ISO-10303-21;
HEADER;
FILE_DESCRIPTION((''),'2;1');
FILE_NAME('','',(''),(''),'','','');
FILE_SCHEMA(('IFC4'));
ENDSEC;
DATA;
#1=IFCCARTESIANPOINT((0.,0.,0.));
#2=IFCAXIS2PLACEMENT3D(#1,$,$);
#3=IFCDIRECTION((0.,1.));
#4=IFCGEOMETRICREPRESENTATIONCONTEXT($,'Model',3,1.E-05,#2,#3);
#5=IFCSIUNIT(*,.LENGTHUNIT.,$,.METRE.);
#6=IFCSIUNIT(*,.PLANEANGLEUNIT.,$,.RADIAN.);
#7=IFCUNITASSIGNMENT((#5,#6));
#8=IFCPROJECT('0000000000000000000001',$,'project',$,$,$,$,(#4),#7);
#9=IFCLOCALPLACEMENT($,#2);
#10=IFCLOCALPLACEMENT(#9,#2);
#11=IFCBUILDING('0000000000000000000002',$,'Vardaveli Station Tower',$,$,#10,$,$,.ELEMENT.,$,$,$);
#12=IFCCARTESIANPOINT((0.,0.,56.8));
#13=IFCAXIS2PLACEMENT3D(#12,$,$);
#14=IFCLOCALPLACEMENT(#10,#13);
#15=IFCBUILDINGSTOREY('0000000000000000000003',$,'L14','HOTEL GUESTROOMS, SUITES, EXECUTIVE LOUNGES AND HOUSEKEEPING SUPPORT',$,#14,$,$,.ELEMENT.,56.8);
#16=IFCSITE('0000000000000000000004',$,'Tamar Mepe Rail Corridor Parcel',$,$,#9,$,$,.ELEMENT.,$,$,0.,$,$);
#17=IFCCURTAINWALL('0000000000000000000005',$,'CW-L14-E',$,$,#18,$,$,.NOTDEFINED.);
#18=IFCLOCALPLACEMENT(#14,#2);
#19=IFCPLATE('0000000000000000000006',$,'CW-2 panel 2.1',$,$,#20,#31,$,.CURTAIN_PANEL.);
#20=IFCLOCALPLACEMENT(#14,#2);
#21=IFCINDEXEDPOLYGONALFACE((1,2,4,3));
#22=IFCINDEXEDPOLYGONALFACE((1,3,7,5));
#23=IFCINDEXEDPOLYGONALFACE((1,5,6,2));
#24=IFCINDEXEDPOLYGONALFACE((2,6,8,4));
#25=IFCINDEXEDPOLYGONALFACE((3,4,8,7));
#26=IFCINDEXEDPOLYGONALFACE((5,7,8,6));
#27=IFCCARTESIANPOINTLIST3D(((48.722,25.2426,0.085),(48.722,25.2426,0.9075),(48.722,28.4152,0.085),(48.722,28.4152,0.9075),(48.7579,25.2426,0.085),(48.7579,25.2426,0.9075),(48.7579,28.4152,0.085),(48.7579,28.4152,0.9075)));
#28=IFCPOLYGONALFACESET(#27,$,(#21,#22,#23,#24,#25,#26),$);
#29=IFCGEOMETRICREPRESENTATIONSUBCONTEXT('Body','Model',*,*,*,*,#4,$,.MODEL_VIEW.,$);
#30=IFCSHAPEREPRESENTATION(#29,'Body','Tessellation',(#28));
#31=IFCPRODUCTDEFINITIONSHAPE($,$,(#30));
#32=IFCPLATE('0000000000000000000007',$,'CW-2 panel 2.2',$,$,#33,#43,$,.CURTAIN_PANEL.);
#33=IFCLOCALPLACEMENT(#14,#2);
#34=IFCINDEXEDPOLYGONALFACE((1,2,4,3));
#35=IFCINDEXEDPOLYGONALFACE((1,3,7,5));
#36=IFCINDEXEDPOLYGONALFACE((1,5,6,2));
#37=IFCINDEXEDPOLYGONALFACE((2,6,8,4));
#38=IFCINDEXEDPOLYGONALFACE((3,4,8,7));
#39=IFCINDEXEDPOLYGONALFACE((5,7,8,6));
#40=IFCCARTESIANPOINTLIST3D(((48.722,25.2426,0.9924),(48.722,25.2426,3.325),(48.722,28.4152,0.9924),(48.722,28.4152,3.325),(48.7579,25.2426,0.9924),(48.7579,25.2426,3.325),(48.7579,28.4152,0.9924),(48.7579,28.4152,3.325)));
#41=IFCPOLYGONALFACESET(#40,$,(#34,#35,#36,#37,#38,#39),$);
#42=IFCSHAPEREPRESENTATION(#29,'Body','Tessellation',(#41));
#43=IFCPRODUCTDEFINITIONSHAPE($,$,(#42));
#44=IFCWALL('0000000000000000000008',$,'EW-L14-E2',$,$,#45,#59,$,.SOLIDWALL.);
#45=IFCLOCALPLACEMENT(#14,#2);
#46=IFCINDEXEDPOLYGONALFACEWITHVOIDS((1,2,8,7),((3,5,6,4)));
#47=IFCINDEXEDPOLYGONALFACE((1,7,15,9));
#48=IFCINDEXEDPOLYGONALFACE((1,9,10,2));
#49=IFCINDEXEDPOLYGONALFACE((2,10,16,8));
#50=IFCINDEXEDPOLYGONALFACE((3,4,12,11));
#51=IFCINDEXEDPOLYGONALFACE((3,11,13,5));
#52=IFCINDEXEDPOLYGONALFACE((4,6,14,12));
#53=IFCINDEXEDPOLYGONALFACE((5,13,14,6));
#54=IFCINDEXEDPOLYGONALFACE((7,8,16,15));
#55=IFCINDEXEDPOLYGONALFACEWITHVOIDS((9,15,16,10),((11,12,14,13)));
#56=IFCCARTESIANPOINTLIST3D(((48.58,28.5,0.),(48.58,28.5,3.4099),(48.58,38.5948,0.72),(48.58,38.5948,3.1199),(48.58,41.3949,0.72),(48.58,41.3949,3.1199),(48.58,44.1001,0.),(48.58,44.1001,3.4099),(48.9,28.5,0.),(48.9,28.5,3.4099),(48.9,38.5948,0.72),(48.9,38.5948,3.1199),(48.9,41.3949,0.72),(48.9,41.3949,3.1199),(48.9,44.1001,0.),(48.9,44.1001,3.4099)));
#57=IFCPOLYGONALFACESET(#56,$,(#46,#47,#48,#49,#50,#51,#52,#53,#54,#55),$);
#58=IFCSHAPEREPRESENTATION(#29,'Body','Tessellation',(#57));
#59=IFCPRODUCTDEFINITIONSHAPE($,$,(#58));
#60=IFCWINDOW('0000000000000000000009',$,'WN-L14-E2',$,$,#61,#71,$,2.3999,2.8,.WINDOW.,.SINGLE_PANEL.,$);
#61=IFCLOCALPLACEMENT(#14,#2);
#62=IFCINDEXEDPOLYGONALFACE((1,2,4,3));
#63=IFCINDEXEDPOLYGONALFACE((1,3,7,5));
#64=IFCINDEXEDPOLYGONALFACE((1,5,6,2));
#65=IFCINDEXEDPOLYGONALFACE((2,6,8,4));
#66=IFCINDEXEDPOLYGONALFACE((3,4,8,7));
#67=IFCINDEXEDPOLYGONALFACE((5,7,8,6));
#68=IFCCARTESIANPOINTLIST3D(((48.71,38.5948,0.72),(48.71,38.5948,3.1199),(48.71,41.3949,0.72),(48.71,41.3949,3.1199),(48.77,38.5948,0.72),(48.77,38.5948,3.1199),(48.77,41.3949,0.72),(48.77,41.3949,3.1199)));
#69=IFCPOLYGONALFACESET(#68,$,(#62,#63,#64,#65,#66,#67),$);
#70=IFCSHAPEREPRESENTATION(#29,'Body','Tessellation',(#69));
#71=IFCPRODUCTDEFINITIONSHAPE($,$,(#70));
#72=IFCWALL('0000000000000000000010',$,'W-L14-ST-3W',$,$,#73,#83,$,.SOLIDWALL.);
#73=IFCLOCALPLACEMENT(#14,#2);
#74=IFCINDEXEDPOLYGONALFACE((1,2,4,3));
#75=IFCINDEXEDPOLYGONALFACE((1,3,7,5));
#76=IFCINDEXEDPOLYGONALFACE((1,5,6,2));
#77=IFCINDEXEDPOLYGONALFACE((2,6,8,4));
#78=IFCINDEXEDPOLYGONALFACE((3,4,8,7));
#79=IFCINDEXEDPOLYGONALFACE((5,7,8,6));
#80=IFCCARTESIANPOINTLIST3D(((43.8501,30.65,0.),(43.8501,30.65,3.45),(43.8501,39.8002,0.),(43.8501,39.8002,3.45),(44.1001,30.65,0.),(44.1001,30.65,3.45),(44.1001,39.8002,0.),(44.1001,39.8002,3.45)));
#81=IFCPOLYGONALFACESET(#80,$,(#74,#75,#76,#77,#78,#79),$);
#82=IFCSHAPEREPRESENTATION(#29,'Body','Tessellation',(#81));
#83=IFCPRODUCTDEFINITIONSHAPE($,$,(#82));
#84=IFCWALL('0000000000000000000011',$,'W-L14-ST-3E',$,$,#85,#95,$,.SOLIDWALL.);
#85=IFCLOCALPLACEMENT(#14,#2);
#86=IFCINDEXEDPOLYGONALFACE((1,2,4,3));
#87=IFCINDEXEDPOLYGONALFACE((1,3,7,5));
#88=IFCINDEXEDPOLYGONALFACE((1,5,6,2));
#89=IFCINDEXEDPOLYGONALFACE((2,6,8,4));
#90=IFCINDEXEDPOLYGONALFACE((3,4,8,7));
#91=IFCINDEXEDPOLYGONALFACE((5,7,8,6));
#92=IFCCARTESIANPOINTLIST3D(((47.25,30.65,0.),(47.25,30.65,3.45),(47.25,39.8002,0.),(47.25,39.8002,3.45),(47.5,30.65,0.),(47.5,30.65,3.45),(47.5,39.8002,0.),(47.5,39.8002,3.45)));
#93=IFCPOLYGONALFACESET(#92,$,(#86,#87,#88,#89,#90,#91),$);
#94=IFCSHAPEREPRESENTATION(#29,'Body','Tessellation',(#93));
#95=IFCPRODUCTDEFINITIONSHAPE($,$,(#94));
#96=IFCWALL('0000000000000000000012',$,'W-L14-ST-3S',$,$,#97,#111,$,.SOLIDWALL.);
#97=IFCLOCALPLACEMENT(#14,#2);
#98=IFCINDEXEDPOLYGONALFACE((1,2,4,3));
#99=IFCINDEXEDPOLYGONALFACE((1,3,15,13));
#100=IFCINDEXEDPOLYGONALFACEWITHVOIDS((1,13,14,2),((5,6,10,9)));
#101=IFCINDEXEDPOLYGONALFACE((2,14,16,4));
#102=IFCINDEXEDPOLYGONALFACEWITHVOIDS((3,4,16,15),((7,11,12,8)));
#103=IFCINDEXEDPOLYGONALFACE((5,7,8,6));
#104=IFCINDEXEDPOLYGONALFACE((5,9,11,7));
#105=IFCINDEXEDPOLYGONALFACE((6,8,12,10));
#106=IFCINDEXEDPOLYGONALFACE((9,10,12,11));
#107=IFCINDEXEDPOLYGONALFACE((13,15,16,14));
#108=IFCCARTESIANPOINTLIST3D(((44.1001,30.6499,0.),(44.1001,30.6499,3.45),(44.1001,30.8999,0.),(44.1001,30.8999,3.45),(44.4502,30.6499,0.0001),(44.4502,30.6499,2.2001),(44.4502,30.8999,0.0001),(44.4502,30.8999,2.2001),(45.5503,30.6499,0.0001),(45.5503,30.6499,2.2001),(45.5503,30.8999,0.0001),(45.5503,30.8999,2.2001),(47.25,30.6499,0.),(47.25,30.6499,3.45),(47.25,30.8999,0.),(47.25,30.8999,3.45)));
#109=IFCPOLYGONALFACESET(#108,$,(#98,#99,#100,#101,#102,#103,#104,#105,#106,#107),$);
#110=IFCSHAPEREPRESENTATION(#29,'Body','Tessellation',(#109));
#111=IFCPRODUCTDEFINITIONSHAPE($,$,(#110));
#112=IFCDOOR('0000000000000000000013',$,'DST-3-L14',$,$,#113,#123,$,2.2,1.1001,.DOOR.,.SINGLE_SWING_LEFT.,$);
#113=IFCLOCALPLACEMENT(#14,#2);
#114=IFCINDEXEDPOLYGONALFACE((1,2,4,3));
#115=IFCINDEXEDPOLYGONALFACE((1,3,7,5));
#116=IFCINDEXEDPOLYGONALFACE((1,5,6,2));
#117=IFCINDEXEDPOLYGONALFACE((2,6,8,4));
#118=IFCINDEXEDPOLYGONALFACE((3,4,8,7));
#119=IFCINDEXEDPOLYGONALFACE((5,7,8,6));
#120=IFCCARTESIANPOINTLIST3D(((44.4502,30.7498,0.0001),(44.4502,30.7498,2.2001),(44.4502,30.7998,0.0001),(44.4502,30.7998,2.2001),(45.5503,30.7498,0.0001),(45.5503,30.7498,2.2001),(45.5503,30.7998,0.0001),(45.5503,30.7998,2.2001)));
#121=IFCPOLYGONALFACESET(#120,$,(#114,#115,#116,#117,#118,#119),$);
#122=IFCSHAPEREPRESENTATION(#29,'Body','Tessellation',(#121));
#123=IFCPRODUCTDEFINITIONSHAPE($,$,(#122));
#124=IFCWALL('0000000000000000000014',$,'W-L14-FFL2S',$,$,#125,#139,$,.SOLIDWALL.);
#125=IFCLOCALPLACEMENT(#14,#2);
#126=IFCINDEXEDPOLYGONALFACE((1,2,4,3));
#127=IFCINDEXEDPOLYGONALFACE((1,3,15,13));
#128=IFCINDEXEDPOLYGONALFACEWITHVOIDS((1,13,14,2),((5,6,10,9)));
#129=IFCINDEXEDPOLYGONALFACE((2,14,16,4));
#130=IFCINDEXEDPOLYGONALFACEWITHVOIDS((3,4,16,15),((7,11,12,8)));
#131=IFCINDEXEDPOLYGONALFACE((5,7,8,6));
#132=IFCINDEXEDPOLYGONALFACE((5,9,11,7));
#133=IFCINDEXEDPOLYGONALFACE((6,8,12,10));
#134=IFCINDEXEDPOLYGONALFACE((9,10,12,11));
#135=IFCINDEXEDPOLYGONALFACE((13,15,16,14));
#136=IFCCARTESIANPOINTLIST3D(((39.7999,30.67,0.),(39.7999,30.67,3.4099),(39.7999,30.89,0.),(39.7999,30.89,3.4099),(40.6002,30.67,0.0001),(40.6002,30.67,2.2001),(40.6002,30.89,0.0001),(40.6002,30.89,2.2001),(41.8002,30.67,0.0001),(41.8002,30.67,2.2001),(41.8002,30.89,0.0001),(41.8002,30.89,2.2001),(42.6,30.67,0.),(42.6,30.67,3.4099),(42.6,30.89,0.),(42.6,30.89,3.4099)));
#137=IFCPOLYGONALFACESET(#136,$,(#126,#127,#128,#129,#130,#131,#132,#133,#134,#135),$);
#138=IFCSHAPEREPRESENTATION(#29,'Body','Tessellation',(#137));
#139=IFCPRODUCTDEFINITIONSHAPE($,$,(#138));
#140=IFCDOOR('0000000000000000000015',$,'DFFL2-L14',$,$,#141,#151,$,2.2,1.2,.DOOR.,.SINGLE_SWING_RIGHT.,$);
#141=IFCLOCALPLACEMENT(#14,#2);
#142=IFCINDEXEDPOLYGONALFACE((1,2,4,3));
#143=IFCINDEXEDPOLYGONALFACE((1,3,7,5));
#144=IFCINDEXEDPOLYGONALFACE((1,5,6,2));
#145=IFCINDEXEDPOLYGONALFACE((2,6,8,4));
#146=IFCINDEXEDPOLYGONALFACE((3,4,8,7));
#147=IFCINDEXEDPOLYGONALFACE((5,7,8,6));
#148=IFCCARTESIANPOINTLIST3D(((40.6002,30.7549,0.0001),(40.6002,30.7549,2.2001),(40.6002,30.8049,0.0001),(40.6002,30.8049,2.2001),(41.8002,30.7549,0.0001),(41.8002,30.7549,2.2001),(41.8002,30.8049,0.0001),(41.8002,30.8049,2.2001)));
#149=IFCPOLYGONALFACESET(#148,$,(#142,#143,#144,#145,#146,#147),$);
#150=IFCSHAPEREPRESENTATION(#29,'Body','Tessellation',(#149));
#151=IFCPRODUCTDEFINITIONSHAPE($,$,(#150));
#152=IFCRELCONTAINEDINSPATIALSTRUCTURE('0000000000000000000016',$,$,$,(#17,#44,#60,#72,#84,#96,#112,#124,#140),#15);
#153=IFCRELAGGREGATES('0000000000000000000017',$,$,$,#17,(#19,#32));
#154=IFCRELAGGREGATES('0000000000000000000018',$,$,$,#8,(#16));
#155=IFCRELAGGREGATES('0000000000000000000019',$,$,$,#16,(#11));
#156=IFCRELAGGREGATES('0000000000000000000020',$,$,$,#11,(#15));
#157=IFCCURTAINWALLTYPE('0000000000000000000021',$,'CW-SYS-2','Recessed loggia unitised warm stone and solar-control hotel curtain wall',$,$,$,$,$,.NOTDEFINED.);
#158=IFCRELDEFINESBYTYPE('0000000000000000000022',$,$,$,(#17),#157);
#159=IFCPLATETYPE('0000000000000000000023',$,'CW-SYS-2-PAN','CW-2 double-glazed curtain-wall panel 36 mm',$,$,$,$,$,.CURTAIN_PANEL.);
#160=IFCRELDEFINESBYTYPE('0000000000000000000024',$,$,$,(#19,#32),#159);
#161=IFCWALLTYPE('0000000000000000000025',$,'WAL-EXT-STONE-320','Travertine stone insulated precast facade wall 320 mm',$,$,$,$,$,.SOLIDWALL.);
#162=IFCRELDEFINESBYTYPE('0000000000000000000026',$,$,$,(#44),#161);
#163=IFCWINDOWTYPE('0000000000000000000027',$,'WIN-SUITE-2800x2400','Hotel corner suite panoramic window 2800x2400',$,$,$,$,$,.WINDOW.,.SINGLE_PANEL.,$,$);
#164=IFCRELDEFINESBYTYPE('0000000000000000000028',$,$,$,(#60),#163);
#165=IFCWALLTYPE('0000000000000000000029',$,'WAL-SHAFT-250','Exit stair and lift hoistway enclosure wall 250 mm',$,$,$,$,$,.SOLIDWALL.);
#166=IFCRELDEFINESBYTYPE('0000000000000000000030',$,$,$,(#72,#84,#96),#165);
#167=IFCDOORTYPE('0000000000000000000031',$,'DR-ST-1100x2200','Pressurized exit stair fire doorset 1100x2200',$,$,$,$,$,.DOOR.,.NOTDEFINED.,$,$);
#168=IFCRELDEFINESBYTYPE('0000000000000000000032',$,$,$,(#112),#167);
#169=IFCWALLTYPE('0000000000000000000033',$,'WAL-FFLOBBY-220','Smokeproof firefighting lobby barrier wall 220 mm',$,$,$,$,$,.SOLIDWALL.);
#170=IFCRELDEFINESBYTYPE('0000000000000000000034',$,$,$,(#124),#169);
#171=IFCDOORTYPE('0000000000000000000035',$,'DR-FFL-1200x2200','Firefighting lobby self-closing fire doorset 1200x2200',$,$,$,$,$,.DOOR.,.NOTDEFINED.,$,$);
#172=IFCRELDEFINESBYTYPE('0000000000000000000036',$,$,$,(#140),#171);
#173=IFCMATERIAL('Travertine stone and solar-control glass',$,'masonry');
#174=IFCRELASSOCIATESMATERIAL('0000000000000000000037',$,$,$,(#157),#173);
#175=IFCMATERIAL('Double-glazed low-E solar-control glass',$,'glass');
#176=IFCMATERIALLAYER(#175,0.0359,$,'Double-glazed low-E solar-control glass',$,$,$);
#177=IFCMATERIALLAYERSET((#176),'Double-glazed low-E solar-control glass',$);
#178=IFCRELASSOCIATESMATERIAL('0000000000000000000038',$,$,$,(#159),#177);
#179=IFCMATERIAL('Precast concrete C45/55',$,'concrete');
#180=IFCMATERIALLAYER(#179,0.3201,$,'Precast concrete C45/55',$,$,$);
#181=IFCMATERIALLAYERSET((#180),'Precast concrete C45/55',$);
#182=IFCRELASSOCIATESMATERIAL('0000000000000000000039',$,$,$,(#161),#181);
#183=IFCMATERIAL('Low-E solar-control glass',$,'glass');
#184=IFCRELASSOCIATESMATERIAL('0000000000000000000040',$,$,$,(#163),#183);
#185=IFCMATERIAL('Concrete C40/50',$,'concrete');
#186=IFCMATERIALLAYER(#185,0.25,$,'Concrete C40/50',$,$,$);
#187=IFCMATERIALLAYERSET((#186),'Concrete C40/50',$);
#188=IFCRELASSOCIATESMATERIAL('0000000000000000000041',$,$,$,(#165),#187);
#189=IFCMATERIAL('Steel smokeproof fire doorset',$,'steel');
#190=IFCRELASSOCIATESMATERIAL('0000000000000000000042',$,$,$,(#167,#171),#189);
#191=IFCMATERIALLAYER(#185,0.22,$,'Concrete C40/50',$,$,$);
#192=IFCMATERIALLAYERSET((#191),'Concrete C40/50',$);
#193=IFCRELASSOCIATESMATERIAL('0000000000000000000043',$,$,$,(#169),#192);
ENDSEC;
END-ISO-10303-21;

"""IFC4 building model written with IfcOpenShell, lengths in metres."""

from ifc_helpers import new_model, si_unit, direction, frame, frame_2d, origin, origin_2d, place, context, subcontext, project, spatial, rectangle, extrude, source, transform, mapped, material, layer, layer_set, type_object, element, fill, aggregate, save


model = new_model("IFC4")

# Units and contexts
model_context = context("Model", 3, precision=1e-05, world=origin(), true_north=direction((0.0, 1.0)))
body_context = subcontext(model_context, "Body", "Model", "MODEL_VIEW")
ifc_project = project(units=[si_unit("LENGTHUNIT", "METRE"), si_unit("PLANEANGLEUNIT", "RADIAN")], contexts=[model_context])

# Site, building, storey
site_placement = place(None, origin())
site = spatial("IfcSite", under=ifc_project, at=site_placement, Name="Tamar Mepe Rail Corridor Parcel", CompositionType="ELEMENT", RefElevation=0.0)
building_placement = place(site_placement, origin())
building = spatial("IfcBuilding", under=site, at=building_placement, Name="Vardaveli Station Tower", CompositionType="ELEMENT")
storey_placement = place(building_placement, frame((0.0, 0.0, 56.8)))
storey = spatial("IfcBuildingStorey", under=building, at=storey_placement, Name="L14", Description="HOTEL GUESTROOMS, SUITES, EXECUTIVE LOUNGES AND HOUSEKEEPING SUPPORT", CompositionType="ELEMENT", Elevation=56.8)

# Shared definitions
ifc_material_1 = material(Name="Precast concrete C45/55", Category="concrete")

# Curtain wall, plates
ifc_material_2 = material(Name="Travertine stone and solar-control glass", Category="masonry")
curtain_wall_type = type_object("IfcCurtainWallType", Name="CW-SYS-2", Description="Recessed loggia unitised warm stone and solar-control hotel curtain wall", PredefinedType="NOTDEFINED", material=ifc_material_2)
curtain_wall_placement = place(storey_placement, origin())
curtain_wall = element("IfcCurtainWall", 1, at=curtain_wall_placement, inside=storey, type_object=curtain_wall_type, Name="CW-L14-E", PredefinedType="NOTDEFINED")
ifc_material_3 = material(Name="Double-glazed low-E solar-control glass", Category="glass")
ifc_layer_1 = layer(ifc_material_3, 0.0359, Name="Double-glazed low-E solar-control glass")
ifc_layer_set_1 = layer_set([ifc_layer_1], Name="Double-glazed low-E solar-control glass")
plate_type = type_object("IfcPlateType", Name="CW-SYS-2-PAN", Description="CW-2 double-glazed curtain-wall panel 36 mm", PredefinedType="CURTAIN_PANEL", material=ifc_layer_set_1)
shared_shape_1 = source(origin(), body_context, "Body", "SweptSolid", [
    extrude(rectangle(XDim=3.1726, YDim=0.0359, at=origin_2d()), origin(), (0.0, 0.0, 1.0), 0.8225),
])
plate_1_placement = place(storey_placement, frame((48.74, 26.8289, 0.085), z_axis=(0.0, 0.0, 1.0), x_axis=(0.0, 1.0, 0.0)))
plate_1 = element("IfcPlate", 2, at=plate_1_placement, type_object=plate_type, Name="CW-2 panel 2.1", PredefinedType="CURTAIN_PANEL", context=body_context, shape_type="MappedRepresentation", body=[
    mapped(shared_shape_1, transform((0.0, 0.0, 0.0), scale=1.0)),
])
shared_shape_2 = source(origin(), body_context, "Body", "SweptSolid", [
    extrude(rectangle(XDim=3.1726, YDim=0.0359, at=origin_2d()), origin(), (0.0, 0.0, 1.0), 2.3325),
])
plate_2_placement = place(storey_placement, frame((48.74, 26.8289, 0.9924), z_axis=(0.0, 0.0, 1.0), x_axis=(0.0, 1.0, 0.0)))
plate_2 = element("IfcPlate", 3, at=plate_2_placement, type_object=plate_type, Name="CW-2 panel 2.2", PredefinedType="CURTAIN_PANEL", context=body_context, shape_type="MappedRepresentation", body=[
    mapped(shared_shape_2, transform((0.0, 0.0, 0.0), scale=1.0)),
])
aggregate(curtain_wall, [plate_1, plate_2])

# Wall, opening, window
ifc_layer_2 = layer(ifc_material_1, 0.3201, Name="Precast concrete C45/55")
ifc_layer_set_2 = layer_set([ifc_layer_2], Name="Precast concrete C45/55")
wall_type_1 = type_object("IfcWallType", Name="WAL-EXT-STONE-320", Description="Travertine stone insulated precast facade wall 320 mm", PredefinedType="SOLIDWALL", material=ifc_layer_set_2)
shared_shape_3 = source(origin(), body_context, "Body", "SweptSolid", [
    extrude(rectangle(XDim=15.6001, YDim=0.3201, at=frame_2d((7.8, 0.0))), origin(), (0.0, 0.0, 1.0), 3.4099),
])
wall_1_placement = place(storey_placement, frame((48.74, 28.5, 0.0), z_axis=(0.0, 0.0, 1.0), x_axis=(0.0, 1.0, 0.0)))
wall_1 = element("IfcWall", 4, at=wall_1_placement, inside=storey, type_object=wall_type_1, Name="EW-L14-E2", PredefinedType="SOLIDWALL", context=body_context, shape_type="MappedRepresentation", body=[
    mapped(shared_shape_3, transform((0.0, 0.0, 0.0), scale=1.0)),
])
shared_shape_4 = source(origin(), body_context, "Body", "SweptSolid", [
    extrude(rectangle(XDim=2.8, YDim=2.3999, at=frame_2d((1.3999, 1.2))), frame((0.0, 0.1699, 0.0), z_axis=(0.0, -1.0, 0.0), x_axis=(1.0, 0.0, 0.0)), (0.0, 0.0, 1.0), 0.3401),
])
opening_1_placement = place(wall_1_placement, frame((10.095, 0.0, 0.72)))
opening_1 = element("IfcOpeningElement", 5, at=opening_1_placement, cuts=wall_1, PredefinedType="OPENING", context=body_context, shape_type="MappedRepresentation", body=[
    mapped(shared_shape_4, transform((0.0, 0.0, 0.0), scale=1.0)),
])
ifc_material_4 = material(Name="Low-E solar-control glass", Category="glass")
window_type = type_object("IfcWindowType", Name="WIN-SUITE-2800x2400", Description="Hotel corner suite panoramic window 2800x2400", PartitioningType="SINGLE_PANEL", PredefinedType="WINDOW", material=ifc_material_4)
shared_shape_5 = source(origin(), body_context, "Body", "SweptSolid", [
    extrude(rectangle(XDim=2.8, YDim=2.3999, at=frame_2d((1.3999, 1.2))), frame((0.0, 0.03, 0.0), z_axis=(0.0, -1.0, 0.0), x_axis=(1.0, 0.0, 0.0)), (0.0, 0.0, 1.0), 0.0601),
])
window_placement = place(opening_1_placement, origin())
window = element("IfcWindow", 6, at=window_placement, inside=storey, type_object=window_type, Name="WN-L14-E2", OverallHeight=2.3999, OverallWidth=2.8, PartitioningType="SINGLE_PANEL", PredefinedType="WINDOW", context=body_context, shape_type="MappedRepresentation", body=[
    mapped(shared_shape_5, transform((0.0, 0.0, 0.0), scale=1.0)),
])
fill(opening_1, window)

# Walls
ifc_material_5 = material(Name="Concrete C40/50", Category="concrete")
ifc_layer_3 = layer(ifc_material_5, 0.25, Name="Concrete C40/50")
ifc_layer_set_3 = layer_set([ifc_layer_3], Name="Concrete C40/50")
wall_type_2 = type_object("IfcWallType", Name="WAL-SHAFT-250", Description="Exit stair and lift hoistway enclosure wall 250 mm", PredefinedType="SOLIDWALL", material=ifc_layer_set_3)
shared_shape_6 = source(origin(), body_context, "Body", "SweptSolid", [
    extrude(rectangle(XDim=9.1501, YDim=0.25, at=frame_2d((4.5752, 0.0))), origin(), (0.0, 0.0, 1.0), 3.45),
])
for number, where, z_axis, x_axis, name in (
    (7, (43.9751, 30.6499, 0.0), (0.0, 0.0, 1.0), (0.0, 1.0, 0.0), "W-L14-ST-3W"),
    (8, (47.375, 30.6499, 0.0), (0.0, 0.0, 1.0), (0.0, 1.0, 0.0), "W-L14-ST-3E"),
):
    element("IfcWall", number, at=place(storey_placement, frame(where, z_axis=z_axis, x_axis=x_axis)), inside=storey, type_object=wall_type_2, Name=name, PredefinedType="SOLIDWALL", context=body_context, shape_type="MappedRepresentation", body=[
        mapped(shared_shape_6, transform((0.0, 0.0, 0.0), scale=1.0)),
    ])

# Walls, openings, doors
shared_shape_7 = source(origin(), body_context, "Body", "SweptSolid", [
    extrude(rectangle(XDim=3.1499, YDim=0.25, at=frame_2d((1.575, 0.0))), origin(), (0.0, 0.0, 1.0), 3.45),
])
wall_2_placement = place(storey_placement, frame((44.1001, 30.7749, 0.0), z_axis=(0.0, 0.0, 1.0), x_axis=(1.0, 0.0, 0.0)))
wall_2 = element("IfcWall", 9, at=wall_2_placement, inside=storey, type_object=wall_type_2, Name="W-L14-ST-3S", PredefinedType="SOLIDWALL", context=body_context, shape_type="MappedRepresentation", body=[
    mapped(shared_shape_7, transform((0.0, 0.0, 0.0), scale=1.0)),
])
shared_shape_8 = source(origin(), body_context, "Body", "SweptSolid", [
    extrude(rectangle(XDim=1.1001, YDim=2.2, at=frame_2d((0.55, 1.1001))), frame((0.0, 0.135, 0.0), z_axis=(0.0, -1.0, 0.0), x_axis=(1.0, 0.0, 0.0)), (0.0, 0.0, 1.0), 0.27),
])
opening_2_placement = place(wall_2_placement, frame((0.3501, 0.0, 0.0)))
opening_2 = element("IfcOpeningElement", 10, at=opening_2_placement, cuts=wall_2, PredefinedType="OPENING", context=body_context, shape_type="MappedRepresentation", body=[
    mapped(shared_shape_8, transform((0.0, 0.0, 0.0), scale=1.0)),
])
ifc_material_6 = material(Name="Steel smokeproof fire doorset", Category="steel")
door_type_1 = type_object("IfcDoorType", Name="DR-ST-1100x2200", Description="Pressurized exit stair fire doorset 1100x2200", OperationType="NOTDEFINED", PredefinedType="DOOR", material=ifc_material_6)
shared_shape_9 = source(origin(), body_context, "Body", "SweptSolid", [
    extrude(rectangle(XDim=1.1001, YDim=2.2, at=frame_2d((0.55, 1.1001))), frame((0.0, 0.0249, 0.0), z_axis=(0.0, -1.0, 0.0), x_axis=(1.0, 0.0, 0.0)), (0.0, 0.0, 1.0), 0.05),
])
door_1_placement = place(opening_2_placement, origin())
door_1 = element("IfcDoor", 11, at=door_1_placement, inside=storey, type_object=door_type_1, Name="DST-3-L14", OperationType="SINGLE_SWING_LEFT", OverallHeight=2.2, OverallWidth=1.1001, PredefinedType="DOOR", context=body_context, shape_type="MappedRepresentation", body=[
    mapped(shared_shape_9, transform((0.0, 0.0, 0.0), scale=1.0)),
])
fill(opening_2, door_1)
ifc_layer_4 = layer(ifc_material_5, 0.22, Name="Concrete C40/50")
ifc_layer_set_4 = layer_set([ifc_layer_4], Name="Concrete C40/50")
wall_type_3 = type_object("IfcWallType", Name="WAL-FFLOBBY-220", Description="Smokeproof firefighting lobby barrier wall 220 mm", PredefinedType="SOLIDWALL", material=ifc_layer_set_4)
shared_shape_10 = source(origin(), body_context, "Body", "SweptSolid", [
    extrude(rectangle(XDim=2.8, YDim=0.22, at=frame_2d((1.3999, 0.0))), origin(), (0.0, 0.0, 1.0), 3.4099),
])
wall_3_placement = place(storey_placement, frame((39.8, 30.78, 0.0), z_axis=(0.0, 0.0, 1.0), x_axis=(1.0, 0.0, 0.0)))
wall_3 = element("IfcWall", 12, at=wall_3_placement, inside=storey, type_object=wall_type_3, Name="W-L14-FFL2S", PredefinedType="SOLIDWALL", context=body_context, shape_type="MappedRepresentation", body=[
    mapped(shared_shape_10, transform((0.0, 0.0, 0.0), scale=1.0)),
])
shared_shape_11 = source(origin(), body_context, "Body", "SweptSolid", [
    extrude(rectangle(XDim=1.2, YDim=2.2, at=frame_2d((0.6001, 1.1001))), frame((0.0, 0.1201, 0.0), z_axis=(0.0, -1.0, 0.0), x_axis=(1.0, 0.0, 0.0)), (0.0, 0.0, 1.0), 0.24),
])
opening_3_placement = place(wall_3_placement, frame((0.8, 0.0, 0.0)))
opening_3 = element("IfcOpeningElement", 13, at=opening_3_placement, cuts=wall_3, PredefinedType="OPENING", context=body_context, shape_type="MappedRepresentation", body=[
    mapped(shared_shape_11, transform((0.0, 0.0, 0.0), scale=1.0)),
])
door_type_2 = type_object("IfcDoorType", Name="DR-FFL-1200x2200", Description="Firefighting lobby self-closing fire doorset 1200x2200", OperationType="NOTDEFINED", PredefinedType="DOOR", material=ifc_material_6)
shared_shape_12 = source(origin(), body_context, "Body", "SweptSolid", [
    extrude(rectangle(XDim=1.2, YDim=2.2, at=frame_2d((0.6001, 1.1001))), frame((0.0, 0.0249, 0.0), z_axis=(0.0, -1.0, 0.0), x_axis=(1.0, 0.0, 0.0)), (0.0, 0.0, 1.0), 0.05),
])
door_2_placement = place(opening_3_placement, origin())
door_2 = element("IfcDoor", 14, at=door_2_placement, inside=storey, type_object=door_type_2, Name="DFFL2-L14", OperationType="SINGLE_SWING_RIGHT", OverallHeight=2.2, OverallWidth=1.2, PredefinedType="DOOR", context=body_context, shape_type="MappedRepresentation", body=[
    mapped(shared_shape_12, transform((0.0, 0.0, 0.0), scale=1.0)),
])
fill(opening_3, door_2)

save(model, "model.ifc")
